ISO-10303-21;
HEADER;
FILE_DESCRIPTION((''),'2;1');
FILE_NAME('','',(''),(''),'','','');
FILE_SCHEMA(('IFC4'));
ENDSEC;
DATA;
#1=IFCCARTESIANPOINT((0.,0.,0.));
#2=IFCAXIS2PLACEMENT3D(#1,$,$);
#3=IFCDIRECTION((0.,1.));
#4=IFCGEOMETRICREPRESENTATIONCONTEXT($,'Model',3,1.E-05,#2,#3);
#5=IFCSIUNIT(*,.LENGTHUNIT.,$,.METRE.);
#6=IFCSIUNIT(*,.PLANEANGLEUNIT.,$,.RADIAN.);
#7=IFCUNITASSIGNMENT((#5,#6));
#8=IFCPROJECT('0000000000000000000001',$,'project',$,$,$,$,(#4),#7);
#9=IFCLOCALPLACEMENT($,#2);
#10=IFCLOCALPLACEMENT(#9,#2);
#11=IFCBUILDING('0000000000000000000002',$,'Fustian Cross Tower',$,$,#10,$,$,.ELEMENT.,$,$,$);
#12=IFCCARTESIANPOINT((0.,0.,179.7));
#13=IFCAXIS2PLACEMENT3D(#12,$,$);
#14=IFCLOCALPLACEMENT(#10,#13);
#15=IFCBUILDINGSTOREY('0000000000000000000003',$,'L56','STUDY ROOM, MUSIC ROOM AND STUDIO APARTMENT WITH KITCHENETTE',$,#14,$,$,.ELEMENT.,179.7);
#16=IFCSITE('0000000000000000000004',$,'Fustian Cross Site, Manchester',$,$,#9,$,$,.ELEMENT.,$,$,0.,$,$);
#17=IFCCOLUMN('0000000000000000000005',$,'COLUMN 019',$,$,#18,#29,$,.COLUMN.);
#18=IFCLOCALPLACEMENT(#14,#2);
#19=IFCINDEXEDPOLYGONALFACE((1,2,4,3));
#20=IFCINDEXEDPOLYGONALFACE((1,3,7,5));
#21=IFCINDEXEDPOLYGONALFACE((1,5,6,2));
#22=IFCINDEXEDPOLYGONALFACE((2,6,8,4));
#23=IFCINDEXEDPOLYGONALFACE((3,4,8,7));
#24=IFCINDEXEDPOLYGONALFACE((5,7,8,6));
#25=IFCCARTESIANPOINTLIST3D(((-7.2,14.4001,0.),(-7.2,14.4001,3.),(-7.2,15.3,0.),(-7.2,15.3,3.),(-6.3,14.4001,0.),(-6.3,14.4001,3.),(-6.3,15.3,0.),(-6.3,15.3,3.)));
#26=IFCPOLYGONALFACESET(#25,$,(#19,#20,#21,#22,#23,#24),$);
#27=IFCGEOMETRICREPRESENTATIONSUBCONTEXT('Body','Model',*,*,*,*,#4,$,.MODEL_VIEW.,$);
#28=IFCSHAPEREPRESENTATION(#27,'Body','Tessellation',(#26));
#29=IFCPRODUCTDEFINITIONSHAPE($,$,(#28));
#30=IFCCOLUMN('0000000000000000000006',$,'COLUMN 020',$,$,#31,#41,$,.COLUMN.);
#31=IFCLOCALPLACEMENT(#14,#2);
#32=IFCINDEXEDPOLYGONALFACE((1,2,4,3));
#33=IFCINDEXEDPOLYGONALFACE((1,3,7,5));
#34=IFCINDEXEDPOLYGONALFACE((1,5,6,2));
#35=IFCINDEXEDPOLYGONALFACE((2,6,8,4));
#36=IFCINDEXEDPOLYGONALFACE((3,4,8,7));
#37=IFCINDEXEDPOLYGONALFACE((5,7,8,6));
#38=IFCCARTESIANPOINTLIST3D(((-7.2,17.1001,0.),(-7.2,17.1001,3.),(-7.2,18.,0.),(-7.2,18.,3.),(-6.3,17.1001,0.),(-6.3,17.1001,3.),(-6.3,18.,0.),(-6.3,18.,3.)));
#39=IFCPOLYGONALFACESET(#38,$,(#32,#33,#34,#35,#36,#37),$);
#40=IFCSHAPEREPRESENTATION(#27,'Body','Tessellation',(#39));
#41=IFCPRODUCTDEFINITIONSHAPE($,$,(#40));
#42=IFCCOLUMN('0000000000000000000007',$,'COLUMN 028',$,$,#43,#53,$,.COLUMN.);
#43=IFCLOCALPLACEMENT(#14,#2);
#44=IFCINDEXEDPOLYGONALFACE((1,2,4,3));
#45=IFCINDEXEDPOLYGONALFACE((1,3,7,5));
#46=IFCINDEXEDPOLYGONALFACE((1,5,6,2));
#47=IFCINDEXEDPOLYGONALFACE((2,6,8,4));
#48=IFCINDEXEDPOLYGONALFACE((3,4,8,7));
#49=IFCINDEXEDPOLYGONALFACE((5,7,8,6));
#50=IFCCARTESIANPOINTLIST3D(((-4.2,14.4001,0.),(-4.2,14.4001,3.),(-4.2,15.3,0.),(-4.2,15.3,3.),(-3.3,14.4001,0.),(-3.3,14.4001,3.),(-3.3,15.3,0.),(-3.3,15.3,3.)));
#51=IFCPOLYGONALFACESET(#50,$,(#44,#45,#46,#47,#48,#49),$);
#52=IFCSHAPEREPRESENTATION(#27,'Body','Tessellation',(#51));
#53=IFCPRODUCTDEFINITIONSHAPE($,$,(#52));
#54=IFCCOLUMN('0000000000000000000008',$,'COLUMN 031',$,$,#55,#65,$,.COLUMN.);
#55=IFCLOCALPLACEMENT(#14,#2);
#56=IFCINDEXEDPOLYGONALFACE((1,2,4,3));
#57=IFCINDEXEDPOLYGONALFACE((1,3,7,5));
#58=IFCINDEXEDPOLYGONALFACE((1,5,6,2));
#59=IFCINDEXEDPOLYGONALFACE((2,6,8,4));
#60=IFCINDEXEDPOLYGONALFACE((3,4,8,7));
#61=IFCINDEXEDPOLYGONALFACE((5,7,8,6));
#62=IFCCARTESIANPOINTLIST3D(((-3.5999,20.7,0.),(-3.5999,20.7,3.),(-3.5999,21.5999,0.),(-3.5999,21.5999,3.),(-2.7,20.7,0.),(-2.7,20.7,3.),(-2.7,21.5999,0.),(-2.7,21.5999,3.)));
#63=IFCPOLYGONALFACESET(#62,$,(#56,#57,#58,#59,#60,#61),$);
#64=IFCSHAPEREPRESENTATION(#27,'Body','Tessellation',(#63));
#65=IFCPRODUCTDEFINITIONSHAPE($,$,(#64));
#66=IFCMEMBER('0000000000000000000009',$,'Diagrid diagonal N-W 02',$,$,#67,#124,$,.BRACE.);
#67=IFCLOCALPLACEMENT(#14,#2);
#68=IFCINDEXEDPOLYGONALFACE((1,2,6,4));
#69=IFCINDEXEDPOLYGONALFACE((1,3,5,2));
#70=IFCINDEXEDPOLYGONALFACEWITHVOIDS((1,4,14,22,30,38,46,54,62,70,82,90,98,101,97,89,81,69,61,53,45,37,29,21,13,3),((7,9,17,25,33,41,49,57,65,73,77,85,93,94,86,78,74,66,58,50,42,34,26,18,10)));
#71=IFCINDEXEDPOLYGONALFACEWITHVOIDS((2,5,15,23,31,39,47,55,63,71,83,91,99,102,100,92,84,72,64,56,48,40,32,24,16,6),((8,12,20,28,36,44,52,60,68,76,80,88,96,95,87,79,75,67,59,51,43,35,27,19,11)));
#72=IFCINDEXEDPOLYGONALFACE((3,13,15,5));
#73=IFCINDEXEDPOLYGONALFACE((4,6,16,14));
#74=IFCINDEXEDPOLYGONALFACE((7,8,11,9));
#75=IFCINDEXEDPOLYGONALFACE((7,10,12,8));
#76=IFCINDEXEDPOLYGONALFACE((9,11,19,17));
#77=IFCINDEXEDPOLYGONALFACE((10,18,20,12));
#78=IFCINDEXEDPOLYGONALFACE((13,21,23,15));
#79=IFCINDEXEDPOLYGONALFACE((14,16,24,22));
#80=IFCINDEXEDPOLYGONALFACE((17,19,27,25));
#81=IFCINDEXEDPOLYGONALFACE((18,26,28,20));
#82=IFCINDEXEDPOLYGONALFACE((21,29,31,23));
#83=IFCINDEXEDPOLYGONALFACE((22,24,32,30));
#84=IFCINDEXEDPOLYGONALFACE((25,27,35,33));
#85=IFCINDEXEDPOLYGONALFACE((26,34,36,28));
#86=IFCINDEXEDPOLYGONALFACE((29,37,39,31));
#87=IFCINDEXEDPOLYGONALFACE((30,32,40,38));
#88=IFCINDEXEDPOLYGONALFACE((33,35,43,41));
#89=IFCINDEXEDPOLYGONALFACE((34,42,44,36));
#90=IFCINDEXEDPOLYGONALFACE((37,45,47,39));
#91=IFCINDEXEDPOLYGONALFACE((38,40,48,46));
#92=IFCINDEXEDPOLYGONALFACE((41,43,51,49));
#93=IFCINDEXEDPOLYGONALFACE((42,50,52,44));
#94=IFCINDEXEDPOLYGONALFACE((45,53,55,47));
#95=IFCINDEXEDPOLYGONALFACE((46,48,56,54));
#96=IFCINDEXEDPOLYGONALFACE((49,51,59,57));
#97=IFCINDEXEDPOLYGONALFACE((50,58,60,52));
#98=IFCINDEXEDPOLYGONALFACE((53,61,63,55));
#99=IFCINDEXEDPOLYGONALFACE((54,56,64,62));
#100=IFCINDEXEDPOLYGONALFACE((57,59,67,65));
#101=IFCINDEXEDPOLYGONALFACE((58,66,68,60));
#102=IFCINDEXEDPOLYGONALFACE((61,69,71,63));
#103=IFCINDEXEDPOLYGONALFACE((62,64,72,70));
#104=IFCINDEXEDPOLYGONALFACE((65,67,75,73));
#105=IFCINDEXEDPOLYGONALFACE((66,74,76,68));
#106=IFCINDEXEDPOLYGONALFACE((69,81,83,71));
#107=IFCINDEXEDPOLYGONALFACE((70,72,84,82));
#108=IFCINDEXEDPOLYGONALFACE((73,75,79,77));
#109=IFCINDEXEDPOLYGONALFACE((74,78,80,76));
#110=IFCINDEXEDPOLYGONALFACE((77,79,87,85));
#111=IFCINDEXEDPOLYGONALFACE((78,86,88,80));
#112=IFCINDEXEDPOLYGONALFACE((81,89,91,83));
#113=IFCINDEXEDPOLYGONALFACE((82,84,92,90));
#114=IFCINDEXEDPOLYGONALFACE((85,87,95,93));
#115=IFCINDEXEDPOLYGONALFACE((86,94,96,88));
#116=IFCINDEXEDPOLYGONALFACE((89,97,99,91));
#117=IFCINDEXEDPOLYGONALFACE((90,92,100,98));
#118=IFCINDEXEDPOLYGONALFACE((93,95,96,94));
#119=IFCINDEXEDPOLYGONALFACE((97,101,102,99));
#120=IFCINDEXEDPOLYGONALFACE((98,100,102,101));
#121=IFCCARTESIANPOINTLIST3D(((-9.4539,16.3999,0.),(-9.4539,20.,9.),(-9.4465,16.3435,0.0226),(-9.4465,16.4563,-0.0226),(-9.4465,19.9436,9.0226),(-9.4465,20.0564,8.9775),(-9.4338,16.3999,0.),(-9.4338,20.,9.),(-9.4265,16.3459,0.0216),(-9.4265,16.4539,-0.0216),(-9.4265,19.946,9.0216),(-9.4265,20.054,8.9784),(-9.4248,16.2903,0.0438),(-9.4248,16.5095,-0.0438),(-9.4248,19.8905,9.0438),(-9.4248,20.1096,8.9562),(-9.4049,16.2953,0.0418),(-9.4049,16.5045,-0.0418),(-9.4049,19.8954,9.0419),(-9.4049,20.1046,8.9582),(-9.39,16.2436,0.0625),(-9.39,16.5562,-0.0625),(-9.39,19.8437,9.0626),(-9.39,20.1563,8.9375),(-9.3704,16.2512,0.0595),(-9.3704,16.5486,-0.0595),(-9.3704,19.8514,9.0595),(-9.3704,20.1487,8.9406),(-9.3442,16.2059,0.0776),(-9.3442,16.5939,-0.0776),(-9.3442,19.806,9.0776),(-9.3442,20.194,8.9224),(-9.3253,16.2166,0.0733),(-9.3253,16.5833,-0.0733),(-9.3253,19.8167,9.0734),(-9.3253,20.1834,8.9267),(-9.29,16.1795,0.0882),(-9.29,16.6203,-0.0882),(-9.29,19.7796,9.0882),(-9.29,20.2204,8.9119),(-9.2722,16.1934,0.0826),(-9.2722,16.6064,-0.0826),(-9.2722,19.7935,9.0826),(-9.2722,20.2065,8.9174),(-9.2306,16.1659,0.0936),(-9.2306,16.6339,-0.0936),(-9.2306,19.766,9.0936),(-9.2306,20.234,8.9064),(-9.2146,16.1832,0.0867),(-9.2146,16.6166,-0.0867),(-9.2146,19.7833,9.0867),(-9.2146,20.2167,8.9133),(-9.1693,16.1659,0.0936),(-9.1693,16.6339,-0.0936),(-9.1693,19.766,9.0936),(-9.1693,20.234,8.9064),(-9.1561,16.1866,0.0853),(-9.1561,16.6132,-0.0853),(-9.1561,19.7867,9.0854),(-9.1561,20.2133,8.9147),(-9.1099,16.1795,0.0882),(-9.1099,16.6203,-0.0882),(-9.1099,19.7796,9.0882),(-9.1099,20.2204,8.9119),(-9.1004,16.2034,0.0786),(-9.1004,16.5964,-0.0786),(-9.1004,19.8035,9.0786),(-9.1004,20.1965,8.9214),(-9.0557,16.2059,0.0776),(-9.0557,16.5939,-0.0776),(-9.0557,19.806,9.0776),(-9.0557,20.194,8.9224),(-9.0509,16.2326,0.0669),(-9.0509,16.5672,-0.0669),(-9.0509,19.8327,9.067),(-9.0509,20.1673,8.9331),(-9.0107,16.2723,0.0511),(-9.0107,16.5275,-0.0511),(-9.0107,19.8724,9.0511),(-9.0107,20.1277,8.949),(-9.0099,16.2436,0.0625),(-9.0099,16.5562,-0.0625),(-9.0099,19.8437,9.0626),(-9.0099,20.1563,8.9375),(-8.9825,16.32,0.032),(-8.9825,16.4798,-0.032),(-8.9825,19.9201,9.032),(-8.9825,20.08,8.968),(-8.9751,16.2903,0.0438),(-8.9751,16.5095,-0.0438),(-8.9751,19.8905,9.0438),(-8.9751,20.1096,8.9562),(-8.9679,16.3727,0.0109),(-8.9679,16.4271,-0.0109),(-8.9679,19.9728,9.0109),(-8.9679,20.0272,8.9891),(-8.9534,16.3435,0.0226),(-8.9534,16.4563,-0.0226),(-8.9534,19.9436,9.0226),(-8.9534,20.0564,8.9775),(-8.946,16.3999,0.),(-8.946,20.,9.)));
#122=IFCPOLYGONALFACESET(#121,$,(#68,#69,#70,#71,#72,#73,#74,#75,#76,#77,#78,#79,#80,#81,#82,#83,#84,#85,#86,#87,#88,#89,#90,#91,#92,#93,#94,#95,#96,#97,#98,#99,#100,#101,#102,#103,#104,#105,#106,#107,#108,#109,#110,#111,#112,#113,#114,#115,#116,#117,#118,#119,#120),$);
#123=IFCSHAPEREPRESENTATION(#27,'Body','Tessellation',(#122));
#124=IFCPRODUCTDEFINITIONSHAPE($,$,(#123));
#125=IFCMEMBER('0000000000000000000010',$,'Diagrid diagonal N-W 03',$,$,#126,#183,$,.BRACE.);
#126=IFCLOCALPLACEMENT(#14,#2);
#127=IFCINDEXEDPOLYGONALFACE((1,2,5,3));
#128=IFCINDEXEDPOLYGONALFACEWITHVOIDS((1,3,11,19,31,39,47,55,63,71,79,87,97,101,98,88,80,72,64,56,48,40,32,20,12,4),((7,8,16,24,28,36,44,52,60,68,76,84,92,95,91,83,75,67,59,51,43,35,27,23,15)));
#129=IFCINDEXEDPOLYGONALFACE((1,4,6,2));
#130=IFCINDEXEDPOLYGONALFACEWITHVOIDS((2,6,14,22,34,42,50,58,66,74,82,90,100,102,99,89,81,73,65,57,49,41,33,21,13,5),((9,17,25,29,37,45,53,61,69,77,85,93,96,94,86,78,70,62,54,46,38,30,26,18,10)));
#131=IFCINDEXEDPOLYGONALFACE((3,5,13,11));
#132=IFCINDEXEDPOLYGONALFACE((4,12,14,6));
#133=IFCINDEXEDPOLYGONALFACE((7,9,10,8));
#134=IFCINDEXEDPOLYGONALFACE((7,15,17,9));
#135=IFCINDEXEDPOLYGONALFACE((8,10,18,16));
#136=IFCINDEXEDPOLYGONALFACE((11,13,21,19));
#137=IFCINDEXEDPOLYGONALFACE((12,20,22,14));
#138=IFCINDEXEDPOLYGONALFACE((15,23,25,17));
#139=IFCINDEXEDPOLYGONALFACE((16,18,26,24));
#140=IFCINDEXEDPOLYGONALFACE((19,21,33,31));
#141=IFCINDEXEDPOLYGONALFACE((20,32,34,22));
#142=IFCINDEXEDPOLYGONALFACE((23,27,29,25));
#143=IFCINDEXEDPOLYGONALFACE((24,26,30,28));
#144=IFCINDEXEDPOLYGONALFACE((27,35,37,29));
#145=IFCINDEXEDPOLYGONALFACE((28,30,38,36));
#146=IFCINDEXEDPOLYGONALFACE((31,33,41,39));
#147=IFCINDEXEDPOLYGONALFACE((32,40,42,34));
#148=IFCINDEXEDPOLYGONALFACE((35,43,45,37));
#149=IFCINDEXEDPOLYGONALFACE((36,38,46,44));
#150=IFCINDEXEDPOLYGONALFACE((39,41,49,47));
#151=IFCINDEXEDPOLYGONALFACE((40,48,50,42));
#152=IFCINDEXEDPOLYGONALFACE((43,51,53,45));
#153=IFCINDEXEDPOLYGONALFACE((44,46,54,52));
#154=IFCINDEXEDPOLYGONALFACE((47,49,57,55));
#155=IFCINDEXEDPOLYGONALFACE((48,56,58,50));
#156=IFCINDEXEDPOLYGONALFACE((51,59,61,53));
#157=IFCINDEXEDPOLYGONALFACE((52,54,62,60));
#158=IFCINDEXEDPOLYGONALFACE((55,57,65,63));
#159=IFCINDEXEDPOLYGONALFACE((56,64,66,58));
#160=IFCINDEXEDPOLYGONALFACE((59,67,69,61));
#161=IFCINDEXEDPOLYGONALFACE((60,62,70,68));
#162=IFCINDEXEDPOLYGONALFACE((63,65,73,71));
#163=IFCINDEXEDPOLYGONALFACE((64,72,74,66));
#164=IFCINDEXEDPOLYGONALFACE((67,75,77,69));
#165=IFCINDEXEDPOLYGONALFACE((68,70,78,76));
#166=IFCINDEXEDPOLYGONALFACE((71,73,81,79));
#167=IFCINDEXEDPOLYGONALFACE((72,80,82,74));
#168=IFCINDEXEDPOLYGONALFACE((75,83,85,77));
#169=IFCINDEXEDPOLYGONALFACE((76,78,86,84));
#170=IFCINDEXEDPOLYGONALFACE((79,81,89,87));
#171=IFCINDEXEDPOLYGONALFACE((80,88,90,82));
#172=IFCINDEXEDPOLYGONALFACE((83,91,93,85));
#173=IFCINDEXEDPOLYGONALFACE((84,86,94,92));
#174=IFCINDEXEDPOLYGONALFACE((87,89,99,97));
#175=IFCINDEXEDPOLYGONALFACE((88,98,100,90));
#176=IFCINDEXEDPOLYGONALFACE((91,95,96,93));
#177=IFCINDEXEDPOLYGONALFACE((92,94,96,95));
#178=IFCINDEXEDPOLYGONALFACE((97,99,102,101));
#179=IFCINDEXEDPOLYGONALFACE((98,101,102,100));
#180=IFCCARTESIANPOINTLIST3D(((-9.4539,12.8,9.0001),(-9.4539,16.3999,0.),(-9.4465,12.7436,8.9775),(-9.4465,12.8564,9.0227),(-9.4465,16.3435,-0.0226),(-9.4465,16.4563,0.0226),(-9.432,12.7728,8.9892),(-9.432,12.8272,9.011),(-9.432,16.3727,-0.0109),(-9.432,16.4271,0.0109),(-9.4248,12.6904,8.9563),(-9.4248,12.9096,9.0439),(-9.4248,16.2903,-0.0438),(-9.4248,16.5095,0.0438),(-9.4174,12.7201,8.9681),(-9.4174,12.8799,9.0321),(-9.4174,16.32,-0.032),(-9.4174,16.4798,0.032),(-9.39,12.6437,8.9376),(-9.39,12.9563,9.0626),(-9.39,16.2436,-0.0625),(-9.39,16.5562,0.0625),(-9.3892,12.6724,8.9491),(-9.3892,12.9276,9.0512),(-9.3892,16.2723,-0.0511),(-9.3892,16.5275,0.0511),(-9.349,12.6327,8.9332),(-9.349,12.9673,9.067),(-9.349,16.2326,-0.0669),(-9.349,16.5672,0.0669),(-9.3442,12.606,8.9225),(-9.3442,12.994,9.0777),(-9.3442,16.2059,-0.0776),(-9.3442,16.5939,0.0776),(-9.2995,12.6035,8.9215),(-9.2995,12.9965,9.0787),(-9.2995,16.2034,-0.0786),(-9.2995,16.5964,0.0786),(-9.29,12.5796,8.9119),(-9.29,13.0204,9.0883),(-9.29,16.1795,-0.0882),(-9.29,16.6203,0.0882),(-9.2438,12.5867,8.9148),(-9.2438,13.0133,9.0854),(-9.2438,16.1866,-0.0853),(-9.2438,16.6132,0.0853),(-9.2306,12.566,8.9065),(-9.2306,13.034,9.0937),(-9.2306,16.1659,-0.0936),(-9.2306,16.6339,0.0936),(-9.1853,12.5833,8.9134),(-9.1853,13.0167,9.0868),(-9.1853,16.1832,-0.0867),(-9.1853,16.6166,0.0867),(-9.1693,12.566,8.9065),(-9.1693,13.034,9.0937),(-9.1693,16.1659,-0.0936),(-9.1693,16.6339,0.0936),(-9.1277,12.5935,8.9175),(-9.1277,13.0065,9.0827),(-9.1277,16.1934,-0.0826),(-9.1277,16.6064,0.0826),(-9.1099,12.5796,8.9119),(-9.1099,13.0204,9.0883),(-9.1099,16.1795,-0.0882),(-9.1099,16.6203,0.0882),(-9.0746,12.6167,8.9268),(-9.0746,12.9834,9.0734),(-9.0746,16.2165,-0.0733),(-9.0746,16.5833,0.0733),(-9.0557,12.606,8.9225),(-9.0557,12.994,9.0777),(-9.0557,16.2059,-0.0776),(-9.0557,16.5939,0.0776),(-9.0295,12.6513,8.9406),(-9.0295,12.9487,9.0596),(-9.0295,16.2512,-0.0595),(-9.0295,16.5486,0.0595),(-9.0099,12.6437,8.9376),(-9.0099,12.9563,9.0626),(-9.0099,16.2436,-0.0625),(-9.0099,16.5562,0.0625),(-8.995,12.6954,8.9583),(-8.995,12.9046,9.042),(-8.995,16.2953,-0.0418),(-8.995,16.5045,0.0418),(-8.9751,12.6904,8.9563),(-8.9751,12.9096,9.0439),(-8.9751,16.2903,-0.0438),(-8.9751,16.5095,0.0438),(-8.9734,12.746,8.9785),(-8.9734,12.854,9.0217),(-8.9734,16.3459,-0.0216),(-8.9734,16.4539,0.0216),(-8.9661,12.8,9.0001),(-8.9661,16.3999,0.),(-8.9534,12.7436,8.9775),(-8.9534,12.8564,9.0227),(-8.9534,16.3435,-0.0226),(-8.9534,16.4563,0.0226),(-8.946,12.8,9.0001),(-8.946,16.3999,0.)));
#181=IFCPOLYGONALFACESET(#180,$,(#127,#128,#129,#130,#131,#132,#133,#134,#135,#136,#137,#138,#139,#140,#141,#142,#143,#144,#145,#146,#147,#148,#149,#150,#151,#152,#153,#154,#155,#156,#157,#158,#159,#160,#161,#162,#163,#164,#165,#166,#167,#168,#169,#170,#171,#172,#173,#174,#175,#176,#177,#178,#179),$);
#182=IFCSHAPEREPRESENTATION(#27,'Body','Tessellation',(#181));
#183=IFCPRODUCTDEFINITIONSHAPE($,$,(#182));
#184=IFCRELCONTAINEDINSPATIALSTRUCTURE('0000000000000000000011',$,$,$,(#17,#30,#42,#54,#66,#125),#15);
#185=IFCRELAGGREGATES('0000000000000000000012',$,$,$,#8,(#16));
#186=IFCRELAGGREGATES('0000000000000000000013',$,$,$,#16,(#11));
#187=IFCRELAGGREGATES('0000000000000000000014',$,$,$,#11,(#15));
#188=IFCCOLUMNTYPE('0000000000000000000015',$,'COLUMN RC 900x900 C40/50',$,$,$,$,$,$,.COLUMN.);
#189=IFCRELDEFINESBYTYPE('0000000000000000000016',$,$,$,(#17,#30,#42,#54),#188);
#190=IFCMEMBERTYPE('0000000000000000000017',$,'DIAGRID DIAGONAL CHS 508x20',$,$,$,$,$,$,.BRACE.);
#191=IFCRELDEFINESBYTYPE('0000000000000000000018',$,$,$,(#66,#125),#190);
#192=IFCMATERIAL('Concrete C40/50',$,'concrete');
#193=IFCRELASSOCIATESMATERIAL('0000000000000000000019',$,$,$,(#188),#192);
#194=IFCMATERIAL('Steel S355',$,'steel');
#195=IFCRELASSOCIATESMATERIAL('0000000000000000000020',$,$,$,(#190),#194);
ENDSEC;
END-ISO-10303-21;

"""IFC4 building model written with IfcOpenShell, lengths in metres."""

from ifc_helpers import new_model, si_unit, direction, frame, origin, origin_2d, place, context, subcontext, project, spatial, rectangle, hollow_circle, extrude, material, material_profile, profile_set, type_object, element, save


model = new_model("IFC4")

# Units and contexts
model_context = context("Model", 3, precision=1e-05, world=origin(), true_north=direction((0.0, 1.0)))
body_context = subcontext(model_context, "Body", "Model", "MODEL_VIEW")
ifc_project = project(units=[si_unit("LENGTHUNIT", "METRE"), si_unit("PLANEANGLEUNIT", "RADIAN")], contexts=[model_context])

# Site, building, storey
site_placement = place(None, origin())
site = spatial("IfcSite", under=ifc_project, at=site_placement, Name="Fustian Cross Site, Manchester", CompositionType="ELEMENT", RefElevation=0.0)
building_placement = place(site_placement, origin())
building = spatial("IfcBuilding", under=site, at=building_placement, Name="Fustian Cross Tower", CompositionType="ELEMENT")
storey_placement = place(building_placement, frame((0.0, 0.0, 179.7)))
storey = spatial("IfcBuildingStorey", under=building, at=storey_placement, Name="L56", Description="STUDY ROOM, MUSIC ROOM AND STUDIO APARTMENT WITH KITCHENETTE", CompositionType="ELEMENT", Elevation=179.7)

# Columns
ifc_material_1 = material(Name="Concrete C40/50", Category="concrete")
ifc_material_profile_1 = material_profile(ifc_material_1, rectangle(XDim=0.8999, YDim=0.8999, at=origin_2d()), Name="RC 900x900")
ifc_profile_set_1 = profile_set([ifc_material_profile_1], Name="Concrete C40/50")
column_type = type_object("IfcColumnType", Name="COLUMN RC 900x900 C40/50", PredefinedType="COLUMN", material=ifc_profile_set_1)
for number, where, z_axis, x_axis, name in (
    (1, (-6.75, 14.8501, 0.0), (0.0, 0.0, 1.0), (1.0, 0.0, 0.0), "COLUMN 019"),
    (2, (-6.75, 17.55, 0.0), (0.0, 0.0, 1.0), (1.0, 0.0, 0.0), "COLUMN 020"),
    (3, (-3.75, 14.8501, 0.0), (0.0, 0.0, 1.0), (1.0, 0.0, 0.0), "COLUMN 028"),
    (4, (-3.1499, 21.1499, 0.0), (0.0, 0.0, 1.0), (1.0, 0.0, 0.0), "COLUMN 031"),
):
    element("IfcColumn", number, at=place(storey_placement, frame(where, z_axis=z_axis, x_axis=x_axis)), inside=storey, type_object=column_type, Name=name, PredefinedType="COLUMN", context=body_context, shape_type="SweptSolid", body=[
        extrude(rectangle(XDim=0.8999, YDim=0.8999, at=origin_2d()), origin(), (0.0, 0.0, 1.0), 3.0),
    ])

# Members
ifc_material_2 = material(Name="Steel S355", Category="steel")
ifc_material_profile_2 = material_profile(ifc_material_2, hollow_circle(Radius=0.2539, WallThickness=0.02, at=origin_2d()), Name="CHS 508x20")
ifc_profile_set_2 = profile_set([ifc_material_profile_2], Name="Steel S355")
member_type_1 = type_object("IfcMemberType", Name="DIAGRID DIAGONAL CHS 508x20", PredefinedType="BRACE", material=ifc_profile_set_2)
for number, where, z_axis, x_axis, name in (
    (5, (-9.2, 16.3999, 0.0), (0.0, 0.371399, 0.928473), (-1.0, 0.0, 0.0), "Diagrid diagonal N-W 02"),
    (6, (-9.2, 16.3999, 0.0), (0.0, -0.371378, 0.928482), (1.0, 0.0, 0.0), "Diagrid diagonal N-W 03"),
):
    element("IfcMember", number, at=place(storey_placement, frame(where, z_axis=z_axis, x_axis=x_axis)), inside=storey, type_object=member_type_1, Name=name, PredefinedType="BRACE", context=body_context, shape_type="SweptSolid", body=[
        extrude(hollow_circle(Radius=0.2539, WallThickness=0.02, at=origin_2d()), origin(), (0.0, 0.0, 1.0), 9.6934),
    ])

save(model, "model.ifc")
